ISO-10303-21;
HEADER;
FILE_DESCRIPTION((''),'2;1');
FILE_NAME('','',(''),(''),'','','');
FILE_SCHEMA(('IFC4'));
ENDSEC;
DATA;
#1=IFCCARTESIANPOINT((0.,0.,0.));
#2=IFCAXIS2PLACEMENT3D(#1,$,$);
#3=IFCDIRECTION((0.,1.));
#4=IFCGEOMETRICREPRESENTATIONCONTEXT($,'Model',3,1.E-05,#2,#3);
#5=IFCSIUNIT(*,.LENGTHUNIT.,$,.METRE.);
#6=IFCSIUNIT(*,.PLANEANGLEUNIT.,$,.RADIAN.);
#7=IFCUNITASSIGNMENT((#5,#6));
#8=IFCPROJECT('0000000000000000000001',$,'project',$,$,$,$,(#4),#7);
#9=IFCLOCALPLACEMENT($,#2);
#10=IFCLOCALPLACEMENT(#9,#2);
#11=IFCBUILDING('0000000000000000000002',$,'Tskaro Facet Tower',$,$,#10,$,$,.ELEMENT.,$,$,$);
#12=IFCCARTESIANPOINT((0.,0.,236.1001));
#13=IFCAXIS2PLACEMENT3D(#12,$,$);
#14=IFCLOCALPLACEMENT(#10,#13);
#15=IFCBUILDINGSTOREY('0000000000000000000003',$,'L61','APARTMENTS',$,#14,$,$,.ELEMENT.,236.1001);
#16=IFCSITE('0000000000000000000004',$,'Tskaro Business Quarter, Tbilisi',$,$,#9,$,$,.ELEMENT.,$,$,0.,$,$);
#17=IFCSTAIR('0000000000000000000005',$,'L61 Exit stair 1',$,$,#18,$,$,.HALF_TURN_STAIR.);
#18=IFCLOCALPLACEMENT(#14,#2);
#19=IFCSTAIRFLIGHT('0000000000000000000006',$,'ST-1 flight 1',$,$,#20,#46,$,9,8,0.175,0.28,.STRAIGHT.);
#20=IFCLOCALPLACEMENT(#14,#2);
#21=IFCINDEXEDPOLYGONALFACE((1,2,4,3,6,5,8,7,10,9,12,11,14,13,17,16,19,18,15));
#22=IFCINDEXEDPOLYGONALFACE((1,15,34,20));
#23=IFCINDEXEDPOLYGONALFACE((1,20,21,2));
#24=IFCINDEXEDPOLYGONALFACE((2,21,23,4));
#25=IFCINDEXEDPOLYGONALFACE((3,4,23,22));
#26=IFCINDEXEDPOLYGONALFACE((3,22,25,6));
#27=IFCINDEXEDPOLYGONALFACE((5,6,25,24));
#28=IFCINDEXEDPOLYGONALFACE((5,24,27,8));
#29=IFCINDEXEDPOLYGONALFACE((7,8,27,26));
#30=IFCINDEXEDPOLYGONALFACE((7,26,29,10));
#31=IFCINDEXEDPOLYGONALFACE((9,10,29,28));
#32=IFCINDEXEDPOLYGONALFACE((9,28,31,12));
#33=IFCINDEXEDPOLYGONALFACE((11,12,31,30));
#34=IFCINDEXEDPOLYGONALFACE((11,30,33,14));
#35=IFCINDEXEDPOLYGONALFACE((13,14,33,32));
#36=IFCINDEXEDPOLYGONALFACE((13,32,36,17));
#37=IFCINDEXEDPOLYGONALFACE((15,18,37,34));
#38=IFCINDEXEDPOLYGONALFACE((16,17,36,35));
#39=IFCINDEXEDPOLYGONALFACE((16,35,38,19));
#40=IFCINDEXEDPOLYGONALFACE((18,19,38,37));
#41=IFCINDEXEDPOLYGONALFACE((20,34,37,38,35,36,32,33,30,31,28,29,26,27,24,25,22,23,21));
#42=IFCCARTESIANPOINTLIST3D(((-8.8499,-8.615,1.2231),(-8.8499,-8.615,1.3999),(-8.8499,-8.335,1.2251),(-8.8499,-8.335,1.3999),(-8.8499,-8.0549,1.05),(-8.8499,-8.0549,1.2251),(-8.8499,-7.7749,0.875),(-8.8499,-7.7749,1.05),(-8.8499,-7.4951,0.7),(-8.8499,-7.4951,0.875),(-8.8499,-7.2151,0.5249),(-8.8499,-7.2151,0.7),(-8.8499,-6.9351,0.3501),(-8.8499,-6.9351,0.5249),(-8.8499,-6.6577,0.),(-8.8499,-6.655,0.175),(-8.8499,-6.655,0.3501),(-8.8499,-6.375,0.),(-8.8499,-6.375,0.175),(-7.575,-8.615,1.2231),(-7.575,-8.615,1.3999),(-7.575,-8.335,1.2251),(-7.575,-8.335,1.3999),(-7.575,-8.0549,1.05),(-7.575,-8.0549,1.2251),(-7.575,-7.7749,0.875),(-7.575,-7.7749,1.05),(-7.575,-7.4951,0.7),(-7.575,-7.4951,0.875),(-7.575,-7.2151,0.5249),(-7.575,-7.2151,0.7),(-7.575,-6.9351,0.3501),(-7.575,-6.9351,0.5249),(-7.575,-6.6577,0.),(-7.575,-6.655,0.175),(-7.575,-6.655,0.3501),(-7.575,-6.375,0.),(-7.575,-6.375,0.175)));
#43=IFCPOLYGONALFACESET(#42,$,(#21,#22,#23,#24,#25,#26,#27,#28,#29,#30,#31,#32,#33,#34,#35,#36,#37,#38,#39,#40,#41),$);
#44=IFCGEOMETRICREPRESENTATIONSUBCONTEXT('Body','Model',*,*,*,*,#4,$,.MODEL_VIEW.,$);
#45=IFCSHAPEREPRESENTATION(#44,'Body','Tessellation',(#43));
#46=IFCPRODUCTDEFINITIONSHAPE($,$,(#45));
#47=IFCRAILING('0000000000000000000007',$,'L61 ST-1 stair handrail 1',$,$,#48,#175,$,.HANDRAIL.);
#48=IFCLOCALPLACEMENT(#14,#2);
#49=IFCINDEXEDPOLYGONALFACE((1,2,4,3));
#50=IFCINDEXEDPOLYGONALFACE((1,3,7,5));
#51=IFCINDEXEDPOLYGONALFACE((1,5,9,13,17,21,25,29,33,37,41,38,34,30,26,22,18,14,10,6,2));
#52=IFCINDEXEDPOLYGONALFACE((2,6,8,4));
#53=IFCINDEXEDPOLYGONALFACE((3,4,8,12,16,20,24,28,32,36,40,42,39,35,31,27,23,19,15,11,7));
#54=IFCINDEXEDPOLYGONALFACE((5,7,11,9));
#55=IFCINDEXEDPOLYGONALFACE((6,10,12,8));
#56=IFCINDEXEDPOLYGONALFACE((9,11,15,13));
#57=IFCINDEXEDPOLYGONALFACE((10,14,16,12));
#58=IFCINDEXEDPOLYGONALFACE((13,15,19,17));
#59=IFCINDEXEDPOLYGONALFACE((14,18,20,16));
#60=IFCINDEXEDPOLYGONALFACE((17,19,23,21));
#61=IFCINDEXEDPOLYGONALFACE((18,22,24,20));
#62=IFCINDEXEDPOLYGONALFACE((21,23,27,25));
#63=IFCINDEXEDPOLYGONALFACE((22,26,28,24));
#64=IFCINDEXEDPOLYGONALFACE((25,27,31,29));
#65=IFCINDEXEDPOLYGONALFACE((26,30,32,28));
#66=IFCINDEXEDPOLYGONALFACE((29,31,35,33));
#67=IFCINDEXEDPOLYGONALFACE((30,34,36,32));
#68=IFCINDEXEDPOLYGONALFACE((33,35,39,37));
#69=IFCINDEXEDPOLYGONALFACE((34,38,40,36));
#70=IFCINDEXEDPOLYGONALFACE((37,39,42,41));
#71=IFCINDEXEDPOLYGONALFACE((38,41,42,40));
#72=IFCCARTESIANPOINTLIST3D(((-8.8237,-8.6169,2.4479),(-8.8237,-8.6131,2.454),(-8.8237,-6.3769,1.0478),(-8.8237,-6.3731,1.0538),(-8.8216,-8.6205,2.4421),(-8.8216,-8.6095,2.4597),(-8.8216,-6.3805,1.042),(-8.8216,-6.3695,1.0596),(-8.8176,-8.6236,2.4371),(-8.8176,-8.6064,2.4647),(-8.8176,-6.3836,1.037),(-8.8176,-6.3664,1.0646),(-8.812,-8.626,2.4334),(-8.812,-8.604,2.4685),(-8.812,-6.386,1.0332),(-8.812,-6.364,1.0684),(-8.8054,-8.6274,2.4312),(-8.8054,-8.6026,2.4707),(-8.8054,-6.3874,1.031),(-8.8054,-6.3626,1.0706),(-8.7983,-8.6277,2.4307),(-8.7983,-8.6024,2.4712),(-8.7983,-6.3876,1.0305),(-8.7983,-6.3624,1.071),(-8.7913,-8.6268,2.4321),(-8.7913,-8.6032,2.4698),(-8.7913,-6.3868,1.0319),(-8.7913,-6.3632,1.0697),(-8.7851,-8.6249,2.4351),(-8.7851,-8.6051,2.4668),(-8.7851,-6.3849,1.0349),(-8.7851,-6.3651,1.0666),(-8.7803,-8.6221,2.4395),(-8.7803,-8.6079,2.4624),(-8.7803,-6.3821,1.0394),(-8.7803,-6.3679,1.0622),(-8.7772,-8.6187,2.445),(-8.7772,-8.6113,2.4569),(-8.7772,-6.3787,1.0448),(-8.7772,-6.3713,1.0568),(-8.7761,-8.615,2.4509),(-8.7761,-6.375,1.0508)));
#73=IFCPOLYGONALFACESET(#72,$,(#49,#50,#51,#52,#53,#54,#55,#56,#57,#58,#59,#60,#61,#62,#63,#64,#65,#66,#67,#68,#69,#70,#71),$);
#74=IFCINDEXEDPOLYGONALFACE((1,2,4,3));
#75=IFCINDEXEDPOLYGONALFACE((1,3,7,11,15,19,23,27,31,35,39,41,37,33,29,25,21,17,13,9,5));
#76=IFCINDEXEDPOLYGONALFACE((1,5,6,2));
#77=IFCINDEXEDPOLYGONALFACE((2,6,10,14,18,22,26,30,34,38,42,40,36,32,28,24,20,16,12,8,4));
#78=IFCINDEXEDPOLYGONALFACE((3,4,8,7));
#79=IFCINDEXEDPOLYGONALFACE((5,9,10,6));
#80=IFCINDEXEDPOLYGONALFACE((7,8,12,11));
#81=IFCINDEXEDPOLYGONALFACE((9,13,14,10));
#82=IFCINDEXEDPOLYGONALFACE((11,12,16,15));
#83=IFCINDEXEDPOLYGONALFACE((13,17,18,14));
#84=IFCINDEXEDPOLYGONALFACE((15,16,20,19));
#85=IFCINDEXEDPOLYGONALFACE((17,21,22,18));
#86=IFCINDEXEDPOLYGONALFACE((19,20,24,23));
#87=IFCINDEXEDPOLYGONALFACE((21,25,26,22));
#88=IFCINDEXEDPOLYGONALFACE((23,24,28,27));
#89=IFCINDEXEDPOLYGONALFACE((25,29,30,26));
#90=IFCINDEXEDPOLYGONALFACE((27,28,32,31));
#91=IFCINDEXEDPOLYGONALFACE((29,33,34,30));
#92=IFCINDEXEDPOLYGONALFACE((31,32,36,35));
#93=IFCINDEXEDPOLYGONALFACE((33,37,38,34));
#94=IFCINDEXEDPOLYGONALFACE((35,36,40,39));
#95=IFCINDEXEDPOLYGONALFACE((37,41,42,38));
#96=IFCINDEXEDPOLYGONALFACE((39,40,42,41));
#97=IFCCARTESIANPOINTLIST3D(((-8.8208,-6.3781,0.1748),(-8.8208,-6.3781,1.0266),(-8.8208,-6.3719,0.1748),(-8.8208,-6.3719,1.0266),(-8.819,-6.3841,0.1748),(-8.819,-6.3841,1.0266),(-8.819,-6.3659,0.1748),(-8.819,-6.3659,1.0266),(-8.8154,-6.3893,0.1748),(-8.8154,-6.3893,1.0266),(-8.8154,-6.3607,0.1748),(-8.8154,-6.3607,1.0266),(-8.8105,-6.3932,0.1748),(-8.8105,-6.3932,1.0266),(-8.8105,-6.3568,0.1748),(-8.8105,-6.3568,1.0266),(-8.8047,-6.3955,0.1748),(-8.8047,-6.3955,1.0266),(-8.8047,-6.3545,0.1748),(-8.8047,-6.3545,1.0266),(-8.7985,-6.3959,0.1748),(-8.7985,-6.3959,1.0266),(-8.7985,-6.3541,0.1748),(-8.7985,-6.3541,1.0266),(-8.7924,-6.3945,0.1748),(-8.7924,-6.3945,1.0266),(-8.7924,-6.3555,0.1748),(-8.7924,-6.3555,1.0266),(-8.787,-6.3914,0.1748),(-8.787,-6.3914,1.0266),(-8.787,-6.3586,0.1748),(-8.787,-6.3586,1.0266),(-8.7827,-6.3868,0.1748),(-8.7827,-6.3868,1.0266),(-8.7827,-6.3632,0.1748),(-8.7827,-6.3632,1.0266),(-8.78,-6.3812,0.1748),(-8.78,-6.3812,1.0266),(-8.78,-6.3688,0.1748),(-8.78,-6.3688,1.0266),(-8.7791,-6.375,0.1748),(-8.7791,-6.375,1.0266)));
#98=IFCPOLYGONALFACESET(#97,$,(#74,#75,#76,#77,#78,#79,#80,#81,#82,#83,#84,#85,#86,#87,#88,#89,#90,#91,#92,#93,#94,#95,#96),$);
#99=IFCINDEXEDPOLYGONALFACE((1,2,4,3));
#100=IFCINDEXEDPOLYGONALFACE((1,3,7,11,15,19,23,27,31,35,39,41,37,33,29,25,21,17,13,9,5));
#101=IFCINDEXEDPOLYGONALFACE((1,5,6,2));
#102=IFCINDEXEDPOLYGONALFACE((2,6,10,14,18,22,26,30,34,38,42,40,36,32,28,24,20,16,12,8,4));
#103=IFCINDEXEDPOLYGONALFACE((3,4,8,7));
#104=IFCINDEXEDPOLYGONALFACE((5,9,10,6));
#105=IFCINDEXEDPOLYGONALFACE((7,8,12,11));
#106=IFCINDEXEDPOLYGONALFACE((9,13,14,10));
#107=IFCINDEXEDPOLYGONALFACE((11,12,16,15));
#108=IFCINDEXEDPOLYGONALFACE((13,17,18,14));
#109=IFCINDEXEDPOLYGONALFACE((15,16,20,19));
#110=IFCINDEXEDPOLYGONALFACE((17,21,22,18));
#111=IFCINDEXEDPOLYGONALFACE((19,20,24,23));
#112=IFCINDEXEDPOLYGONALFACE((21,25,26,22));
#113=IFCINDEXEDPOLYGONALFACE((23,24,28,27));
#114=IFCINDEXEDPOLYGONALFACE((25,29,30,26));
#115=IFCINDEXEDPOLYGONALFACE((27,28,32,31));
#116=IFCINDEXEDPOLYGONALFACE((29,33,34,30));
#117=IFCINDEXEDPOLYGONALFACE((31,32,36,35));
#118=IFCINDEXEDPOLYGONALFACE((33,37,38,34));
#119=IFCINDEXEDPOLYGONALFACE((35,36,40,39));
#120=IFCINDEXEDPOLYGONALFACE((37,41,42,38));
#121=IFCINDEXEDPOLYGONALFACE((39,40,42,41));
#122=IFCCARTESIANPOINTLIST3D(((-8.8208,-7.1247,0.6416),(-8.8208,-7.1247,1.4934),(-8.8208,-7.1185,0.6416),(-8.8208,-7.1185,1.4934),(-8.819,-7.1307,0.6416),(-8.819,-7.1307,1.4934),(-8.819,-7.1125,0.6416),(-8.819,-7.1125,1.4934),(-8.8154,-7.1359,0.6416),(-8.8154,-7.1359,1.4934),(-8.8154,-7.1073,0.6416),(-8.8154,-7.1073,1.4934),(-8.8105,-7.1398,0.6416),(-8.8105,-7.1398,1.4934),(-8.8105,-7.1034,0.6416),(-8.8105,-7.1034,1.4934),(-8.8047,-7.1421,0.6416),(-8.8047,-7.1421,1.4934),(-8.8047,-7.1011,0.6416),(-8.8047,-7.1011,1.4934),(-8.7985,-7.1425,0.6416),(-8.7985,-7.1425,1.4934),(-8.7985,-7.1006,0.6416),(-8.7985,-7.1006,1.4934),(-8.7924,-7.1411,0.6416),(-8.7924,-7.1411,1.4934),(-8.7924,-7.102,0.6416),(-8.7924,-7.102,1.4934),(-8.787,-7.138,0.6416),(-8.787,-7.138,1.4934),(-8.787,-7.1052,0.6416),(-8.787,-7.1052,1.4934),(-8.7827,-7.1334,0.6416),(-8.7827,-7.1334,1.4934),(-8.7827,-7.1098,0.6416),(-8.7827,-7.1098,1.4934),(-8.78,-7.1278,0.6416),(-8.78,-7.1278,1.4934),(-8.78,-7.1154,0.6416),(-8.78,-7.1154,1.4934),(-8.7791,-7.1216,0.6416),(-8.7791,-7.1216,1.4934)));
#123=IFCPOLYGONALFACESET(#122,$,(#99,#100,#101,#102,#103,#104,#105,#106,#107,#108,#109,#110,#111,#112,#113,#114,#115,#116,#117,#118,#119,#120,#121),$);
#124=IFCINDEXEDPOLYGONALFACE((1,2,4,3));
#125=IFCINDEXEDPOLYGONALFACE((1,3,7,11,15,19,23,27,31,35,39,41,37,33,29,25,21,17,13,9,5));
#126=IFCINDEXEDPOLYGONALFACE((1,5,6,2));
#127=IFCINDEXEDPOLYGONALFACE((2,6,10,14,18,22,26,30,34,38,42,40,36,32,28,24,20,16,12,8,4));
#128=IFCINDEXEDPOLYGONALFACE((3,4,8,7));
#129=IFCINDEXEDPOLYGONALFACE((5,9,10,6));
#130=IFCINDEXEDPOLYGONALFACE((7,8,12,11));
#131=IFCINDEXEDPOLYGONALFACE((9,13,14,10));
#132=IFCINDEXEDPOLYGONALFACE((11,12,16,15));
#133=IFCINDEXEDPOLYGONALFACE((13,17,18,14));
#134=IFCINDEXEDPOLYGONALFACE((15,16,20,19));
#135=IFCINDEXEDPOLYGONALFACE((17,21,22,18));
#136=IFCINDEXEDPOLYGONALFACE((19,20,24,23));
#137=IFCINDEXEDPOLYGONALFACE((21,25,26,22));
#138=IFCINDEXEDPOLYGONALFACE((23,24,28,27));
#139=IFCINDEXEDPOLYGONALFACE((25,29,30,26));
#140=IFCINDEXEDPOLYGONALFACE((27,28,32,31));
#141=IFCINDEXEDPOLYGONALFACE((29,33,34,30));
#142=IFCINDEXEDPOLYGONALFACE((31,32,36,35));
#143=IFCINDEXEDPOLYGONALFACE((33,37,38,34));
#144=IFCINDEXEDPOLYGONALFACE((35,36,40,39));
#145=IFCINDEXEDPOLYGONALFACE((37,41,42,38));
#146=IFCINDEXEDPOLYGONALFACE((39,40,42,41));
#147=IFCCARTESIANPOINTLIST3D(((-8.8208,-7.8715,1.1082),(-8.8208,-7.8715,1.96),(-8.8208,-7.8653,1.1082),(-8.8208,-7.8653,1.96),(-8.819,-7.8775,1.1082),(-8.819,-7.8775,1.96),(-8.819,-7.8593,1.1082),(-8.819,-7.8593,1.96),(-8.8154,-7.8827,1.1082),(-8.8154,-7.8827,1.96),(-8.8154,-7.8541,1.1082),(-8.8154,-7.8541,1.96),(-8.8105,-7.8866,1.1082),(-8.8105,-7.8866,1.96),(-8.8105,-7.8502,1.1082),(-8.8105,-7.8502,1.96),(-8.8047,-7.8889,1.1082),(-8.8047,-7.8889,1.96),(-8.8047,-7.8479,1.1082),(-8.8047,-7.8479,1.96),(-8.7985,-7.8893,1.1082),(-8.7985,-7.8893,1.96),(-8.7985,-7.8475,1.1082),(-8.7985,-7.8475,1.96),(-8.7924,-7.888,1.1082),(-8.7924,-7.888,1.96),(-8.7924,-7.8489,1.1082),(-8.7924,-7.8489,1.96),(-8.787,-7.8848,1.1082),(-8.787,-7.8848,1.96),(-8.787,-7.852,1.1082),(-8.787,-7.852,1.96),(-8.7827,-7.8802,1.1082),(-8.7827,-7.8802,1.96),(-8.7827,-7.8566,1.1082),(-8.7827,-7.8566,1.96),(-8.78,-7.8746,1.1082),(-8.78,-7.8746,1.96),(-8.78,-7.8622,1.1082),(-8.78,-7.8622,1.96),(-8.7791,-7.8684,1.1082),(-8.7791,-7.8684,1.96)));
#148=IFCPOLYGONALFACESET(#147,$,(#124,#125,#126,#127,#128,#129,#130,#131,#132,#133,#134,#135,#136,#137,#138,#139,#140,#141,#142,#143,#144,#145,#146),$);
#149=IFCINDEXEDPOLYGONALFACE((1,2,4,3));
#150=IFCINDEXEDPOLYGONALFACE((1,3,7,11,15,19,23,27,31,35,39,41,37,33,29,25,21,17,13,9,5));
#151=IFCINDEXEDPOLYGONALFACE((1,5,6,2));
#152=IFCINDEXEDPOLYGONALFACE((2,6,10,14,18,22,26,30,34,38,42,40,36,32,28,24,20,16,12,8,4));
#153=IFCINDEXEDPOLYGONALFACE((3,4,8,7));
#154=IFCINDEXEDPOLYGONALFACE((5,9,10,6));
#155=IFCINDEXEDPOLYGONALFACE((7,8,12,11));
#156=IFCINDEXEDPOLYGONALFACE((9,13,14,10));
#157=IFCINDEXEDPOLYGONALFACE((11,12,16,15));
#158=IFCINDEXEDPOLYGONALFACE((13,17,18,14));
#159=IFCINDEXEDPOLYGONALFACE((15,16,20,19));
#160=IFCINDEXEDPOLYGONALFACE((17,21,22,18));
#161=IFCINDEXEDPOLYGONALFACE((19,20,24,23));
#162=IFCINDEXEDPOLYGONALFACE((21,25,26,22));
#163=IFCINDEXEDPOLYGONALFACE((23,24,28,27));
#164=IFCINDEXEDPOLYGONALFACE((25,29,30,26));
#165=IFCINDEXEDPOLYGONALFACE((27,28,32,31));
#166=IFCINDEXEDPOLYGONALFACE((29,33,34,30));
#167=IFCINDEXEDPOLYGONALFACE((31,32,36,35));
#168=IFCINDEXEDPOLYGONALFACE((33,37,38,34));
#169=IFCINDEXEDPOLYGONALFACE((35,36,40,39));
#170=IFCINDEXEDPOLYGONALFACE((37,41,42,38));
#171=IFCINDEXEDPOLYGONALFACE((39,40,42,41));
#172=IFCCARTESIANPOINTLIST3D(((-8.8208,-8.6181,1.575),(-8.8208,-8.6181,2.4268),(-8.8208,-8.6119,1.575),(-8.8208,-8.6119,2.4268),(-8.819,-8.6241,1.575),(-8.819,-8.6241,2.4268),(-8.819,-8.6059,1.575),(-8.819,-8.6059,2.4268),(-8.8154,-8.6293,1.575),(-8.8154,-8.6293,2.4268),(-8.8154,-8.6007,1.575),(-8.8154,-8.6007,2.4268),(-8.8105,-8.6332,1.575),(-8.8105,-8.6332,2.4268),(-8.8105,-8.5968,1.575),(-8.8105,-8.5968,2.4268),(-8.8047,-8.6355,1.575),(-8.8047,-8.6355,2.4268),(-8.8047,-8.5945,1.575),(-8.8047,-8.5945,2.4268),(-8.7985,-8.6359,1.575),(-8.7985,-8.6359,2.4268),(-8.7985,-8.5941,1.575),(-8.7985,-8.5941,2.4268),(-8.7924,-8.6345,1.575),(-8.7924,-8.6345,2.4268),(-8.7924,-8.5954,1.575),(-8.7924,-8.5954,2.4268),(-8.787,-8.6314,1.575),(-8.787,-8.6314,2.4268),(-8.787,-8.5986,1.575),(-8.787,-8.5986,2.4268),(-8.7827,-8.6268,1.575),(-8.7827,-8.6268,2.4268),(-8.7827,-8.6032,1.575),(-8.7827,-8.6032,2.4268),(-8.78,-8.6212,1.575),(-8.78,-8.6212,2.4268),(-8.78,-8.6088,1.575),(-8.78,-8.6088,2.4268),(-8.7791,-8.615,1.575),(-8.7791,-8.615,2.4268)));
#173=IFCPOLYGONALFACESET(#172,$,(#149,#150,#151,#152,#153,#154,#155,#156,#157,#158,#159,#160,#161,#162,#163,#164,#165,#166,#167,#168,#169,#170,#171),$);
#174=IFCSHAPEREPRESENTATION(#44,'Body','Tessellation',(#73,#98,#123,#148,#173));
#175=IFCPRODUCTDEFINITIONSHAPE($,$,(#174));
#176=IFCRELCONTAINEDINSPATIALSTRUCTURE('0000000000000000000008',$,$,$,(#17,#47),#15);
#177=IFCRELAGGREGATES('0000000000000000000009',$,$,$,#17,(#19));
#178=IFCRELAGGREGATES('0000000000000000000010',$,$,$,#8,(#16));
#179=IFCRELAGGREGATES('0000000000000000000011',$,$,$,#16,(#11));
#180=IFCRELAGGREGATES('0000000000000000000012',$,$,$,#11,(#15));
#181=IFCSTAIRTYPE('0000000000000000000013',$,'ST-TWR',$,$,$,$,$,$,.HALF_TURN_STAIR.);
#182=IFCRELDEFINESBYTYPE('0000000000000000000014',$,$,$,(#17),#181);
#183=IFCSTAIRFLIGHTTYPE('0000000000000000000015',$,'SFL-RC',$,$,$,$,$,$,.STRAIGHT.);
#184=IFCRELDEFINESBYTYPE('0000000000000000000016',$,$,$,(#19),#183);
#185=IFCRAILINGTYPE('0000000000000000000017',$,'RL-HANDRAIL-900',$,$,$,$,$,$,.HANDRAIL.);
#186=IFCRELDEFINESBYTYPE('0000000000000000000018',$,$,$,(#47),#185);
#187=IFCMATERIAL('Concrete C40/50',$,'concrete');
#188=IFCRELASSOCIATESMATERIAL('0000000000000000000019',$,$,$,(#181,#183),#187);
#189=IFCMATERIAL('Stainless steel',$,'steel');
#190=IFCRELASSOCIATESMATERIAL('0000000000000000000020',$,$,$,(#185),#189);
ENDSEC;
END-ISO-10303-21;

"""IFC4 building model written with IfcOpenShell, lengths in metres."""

from ifc_helpers import new_model, si_unit, direction, frame, origin, origin_2d, place, context, subcontext, project, spatial, polyline, circle, outline, extrude, material, type_object, element, aggregate, save


model = new_model("IFC4")

# Units and contexts
model_context = context("Model", 3, precision=1e-05, world=origin(), true_north=direction((0.0, 1.0)))
body_context = subcontext(model_context, "Body", "Model", "MODEL_VIEW")
ifc_project = project(units=[si_unit("LENGTHUNIT", "METRE"), si_unit("PLANEANGLEUNIT", "RADIAN")], contexts=[model_context])

# Site, building, storey
site_placement = place(None, origin())
site = spatial("IfcSite", under=ifc_project, at=site_placement, Name="Tskaro Business Quarter, Tbilisi", CompositionType="ELEMENT", RefElevation=0.0)
building_placement = place(site_placement, origin())
building = spatial("IfcBuilding", under=site, at=building_placement, Name="Tskaro Facet Tower", CompositionType="ELEMENT")
storey_placement = place(building_placement, frame((0.0, 0.0, 236.1001)))
storey = spatial("IfcBuildingStorey", under=building, at=storey_placement, Name="L61", Description="APARTMENTS", CompositionType="ELEMENT", Elevation=236.1001)

# Shared definitions
ifc_material_1 = material(Name="Concrete C40/50", Category="concrete")

# Stair, stair flight
stair_type = type_object("IfcStairType", Name="ST-TWR", PredefinedType="HALF_TURN_STAIR", material=ifc_material_1)
stair_placement = place(storey_placement, origin())
stair = element("IfcStair", 1, at=stair_placement, inside=storey, type_object=stair_type, Name="L61 Exit stair 1", PredefinedType="HALF_TURN_STAIR")
stair_flight_type = type_object("IfcStairFlightType", Name="SFL-RC", PredefinedType="STRAIGHT", material=ifc_material_1)
stair_flight_placement = place(storey_placement, frame((-8.2124, -6.375, 0.0), z_axis=(0.0, 0.0, 1.0), x_axis=(0.0, -1.0, 0.0)))
stair_flight = element("IfcStairFlight", 2, at=stair_flight_placement, type_object=stair_flight_type, Name="ST-1 flight 1", NumberOfRisers=9, NumberOfTreads=8, PredefinedType="STRAIGHT", RiserHeight=0.175, TreadLength=0.28, context=body_context, shape_type="SweptSolid", body=[
    extrude(outline(polyline([(0.0, 0.0), (0.0, 0.175), (0.28, 0.175), (0.28, 0.3501), (0.5601, 0.3501), (0.5601, 0.5249), (0.8401, 0.5249), (0.8401, 0.7), (1.1201, 0.7), (1.1201, 0.875), (1.3999, 0.875), (1.3999, 1.05), (1.6799, 1.05), (1.6799, 1.2251), (1.96, 1.2251), (1.96, 1.3999), (2.24, 1.3999), (2.24, 1.575), (2.24, 1.2231), (0.2827, 0.0), (0.0, 0.0)])), frame((0.0, 0.6375, 0.0), z_axis=(0.0, -1.0, 0.0), x_axis=(1.0, 0.0, 0.0)), (0.0, 0.0, 1.0), 1.2749),
])
aggregate(stair, [stair_flight])

# Railing
ifc_material_2 = material(Name="Stainless steel", Category="steel")
railing_type = type_object("IfcRailingType", Name="RL-HANDRAIL-900", PredefinedType="HANDRAIL", material=ifc_material_2)
railing_placement = place(storey_placement, frame((-8.8, -6.375, 0.1748)))
element("IfcRailing", 3, at=railing_placement, inside=storey, type_object=railing_type, Name="L61 ST-1 stair handrail 1", PredefinedType="HANDRAIL", context=body_context, shape_type="SweptSolid", body=[
    extrude(circle(Radius=0.0239, at=origin_2d()), frame((0.0, 0.0, 0.876), z_axis=(0.0, -0.847972, 0.53004), x_axis=(1.0, 0.0, 0.0)), (0.0, 0.0, 1.0), 2.6416),
    extrude(circle(Radius=0.021, at=origin_2d()), origin(), (0.0, 0.0, 1.0), 0.8518),
    extrude(circle(Radius=0.021, at=origin_2d()), frame((0.0, -0.7466, 0.4668)), (0.0, 0.0, 1.0), 0.8518),
    extrude(circle(Radius=0.021, at=origin_2d()), frame((0.0, -1.4934, 0.9333)), (0.0, 0.0, 1.0), 0.8518),
    extrude(circle(Radius=0.021, at=origin_2d()), frame((0.0, -2.24, 1.4001)), (0.0, 0.0, 1.0), 0.8518),
])

save(model, "model.ifc")
